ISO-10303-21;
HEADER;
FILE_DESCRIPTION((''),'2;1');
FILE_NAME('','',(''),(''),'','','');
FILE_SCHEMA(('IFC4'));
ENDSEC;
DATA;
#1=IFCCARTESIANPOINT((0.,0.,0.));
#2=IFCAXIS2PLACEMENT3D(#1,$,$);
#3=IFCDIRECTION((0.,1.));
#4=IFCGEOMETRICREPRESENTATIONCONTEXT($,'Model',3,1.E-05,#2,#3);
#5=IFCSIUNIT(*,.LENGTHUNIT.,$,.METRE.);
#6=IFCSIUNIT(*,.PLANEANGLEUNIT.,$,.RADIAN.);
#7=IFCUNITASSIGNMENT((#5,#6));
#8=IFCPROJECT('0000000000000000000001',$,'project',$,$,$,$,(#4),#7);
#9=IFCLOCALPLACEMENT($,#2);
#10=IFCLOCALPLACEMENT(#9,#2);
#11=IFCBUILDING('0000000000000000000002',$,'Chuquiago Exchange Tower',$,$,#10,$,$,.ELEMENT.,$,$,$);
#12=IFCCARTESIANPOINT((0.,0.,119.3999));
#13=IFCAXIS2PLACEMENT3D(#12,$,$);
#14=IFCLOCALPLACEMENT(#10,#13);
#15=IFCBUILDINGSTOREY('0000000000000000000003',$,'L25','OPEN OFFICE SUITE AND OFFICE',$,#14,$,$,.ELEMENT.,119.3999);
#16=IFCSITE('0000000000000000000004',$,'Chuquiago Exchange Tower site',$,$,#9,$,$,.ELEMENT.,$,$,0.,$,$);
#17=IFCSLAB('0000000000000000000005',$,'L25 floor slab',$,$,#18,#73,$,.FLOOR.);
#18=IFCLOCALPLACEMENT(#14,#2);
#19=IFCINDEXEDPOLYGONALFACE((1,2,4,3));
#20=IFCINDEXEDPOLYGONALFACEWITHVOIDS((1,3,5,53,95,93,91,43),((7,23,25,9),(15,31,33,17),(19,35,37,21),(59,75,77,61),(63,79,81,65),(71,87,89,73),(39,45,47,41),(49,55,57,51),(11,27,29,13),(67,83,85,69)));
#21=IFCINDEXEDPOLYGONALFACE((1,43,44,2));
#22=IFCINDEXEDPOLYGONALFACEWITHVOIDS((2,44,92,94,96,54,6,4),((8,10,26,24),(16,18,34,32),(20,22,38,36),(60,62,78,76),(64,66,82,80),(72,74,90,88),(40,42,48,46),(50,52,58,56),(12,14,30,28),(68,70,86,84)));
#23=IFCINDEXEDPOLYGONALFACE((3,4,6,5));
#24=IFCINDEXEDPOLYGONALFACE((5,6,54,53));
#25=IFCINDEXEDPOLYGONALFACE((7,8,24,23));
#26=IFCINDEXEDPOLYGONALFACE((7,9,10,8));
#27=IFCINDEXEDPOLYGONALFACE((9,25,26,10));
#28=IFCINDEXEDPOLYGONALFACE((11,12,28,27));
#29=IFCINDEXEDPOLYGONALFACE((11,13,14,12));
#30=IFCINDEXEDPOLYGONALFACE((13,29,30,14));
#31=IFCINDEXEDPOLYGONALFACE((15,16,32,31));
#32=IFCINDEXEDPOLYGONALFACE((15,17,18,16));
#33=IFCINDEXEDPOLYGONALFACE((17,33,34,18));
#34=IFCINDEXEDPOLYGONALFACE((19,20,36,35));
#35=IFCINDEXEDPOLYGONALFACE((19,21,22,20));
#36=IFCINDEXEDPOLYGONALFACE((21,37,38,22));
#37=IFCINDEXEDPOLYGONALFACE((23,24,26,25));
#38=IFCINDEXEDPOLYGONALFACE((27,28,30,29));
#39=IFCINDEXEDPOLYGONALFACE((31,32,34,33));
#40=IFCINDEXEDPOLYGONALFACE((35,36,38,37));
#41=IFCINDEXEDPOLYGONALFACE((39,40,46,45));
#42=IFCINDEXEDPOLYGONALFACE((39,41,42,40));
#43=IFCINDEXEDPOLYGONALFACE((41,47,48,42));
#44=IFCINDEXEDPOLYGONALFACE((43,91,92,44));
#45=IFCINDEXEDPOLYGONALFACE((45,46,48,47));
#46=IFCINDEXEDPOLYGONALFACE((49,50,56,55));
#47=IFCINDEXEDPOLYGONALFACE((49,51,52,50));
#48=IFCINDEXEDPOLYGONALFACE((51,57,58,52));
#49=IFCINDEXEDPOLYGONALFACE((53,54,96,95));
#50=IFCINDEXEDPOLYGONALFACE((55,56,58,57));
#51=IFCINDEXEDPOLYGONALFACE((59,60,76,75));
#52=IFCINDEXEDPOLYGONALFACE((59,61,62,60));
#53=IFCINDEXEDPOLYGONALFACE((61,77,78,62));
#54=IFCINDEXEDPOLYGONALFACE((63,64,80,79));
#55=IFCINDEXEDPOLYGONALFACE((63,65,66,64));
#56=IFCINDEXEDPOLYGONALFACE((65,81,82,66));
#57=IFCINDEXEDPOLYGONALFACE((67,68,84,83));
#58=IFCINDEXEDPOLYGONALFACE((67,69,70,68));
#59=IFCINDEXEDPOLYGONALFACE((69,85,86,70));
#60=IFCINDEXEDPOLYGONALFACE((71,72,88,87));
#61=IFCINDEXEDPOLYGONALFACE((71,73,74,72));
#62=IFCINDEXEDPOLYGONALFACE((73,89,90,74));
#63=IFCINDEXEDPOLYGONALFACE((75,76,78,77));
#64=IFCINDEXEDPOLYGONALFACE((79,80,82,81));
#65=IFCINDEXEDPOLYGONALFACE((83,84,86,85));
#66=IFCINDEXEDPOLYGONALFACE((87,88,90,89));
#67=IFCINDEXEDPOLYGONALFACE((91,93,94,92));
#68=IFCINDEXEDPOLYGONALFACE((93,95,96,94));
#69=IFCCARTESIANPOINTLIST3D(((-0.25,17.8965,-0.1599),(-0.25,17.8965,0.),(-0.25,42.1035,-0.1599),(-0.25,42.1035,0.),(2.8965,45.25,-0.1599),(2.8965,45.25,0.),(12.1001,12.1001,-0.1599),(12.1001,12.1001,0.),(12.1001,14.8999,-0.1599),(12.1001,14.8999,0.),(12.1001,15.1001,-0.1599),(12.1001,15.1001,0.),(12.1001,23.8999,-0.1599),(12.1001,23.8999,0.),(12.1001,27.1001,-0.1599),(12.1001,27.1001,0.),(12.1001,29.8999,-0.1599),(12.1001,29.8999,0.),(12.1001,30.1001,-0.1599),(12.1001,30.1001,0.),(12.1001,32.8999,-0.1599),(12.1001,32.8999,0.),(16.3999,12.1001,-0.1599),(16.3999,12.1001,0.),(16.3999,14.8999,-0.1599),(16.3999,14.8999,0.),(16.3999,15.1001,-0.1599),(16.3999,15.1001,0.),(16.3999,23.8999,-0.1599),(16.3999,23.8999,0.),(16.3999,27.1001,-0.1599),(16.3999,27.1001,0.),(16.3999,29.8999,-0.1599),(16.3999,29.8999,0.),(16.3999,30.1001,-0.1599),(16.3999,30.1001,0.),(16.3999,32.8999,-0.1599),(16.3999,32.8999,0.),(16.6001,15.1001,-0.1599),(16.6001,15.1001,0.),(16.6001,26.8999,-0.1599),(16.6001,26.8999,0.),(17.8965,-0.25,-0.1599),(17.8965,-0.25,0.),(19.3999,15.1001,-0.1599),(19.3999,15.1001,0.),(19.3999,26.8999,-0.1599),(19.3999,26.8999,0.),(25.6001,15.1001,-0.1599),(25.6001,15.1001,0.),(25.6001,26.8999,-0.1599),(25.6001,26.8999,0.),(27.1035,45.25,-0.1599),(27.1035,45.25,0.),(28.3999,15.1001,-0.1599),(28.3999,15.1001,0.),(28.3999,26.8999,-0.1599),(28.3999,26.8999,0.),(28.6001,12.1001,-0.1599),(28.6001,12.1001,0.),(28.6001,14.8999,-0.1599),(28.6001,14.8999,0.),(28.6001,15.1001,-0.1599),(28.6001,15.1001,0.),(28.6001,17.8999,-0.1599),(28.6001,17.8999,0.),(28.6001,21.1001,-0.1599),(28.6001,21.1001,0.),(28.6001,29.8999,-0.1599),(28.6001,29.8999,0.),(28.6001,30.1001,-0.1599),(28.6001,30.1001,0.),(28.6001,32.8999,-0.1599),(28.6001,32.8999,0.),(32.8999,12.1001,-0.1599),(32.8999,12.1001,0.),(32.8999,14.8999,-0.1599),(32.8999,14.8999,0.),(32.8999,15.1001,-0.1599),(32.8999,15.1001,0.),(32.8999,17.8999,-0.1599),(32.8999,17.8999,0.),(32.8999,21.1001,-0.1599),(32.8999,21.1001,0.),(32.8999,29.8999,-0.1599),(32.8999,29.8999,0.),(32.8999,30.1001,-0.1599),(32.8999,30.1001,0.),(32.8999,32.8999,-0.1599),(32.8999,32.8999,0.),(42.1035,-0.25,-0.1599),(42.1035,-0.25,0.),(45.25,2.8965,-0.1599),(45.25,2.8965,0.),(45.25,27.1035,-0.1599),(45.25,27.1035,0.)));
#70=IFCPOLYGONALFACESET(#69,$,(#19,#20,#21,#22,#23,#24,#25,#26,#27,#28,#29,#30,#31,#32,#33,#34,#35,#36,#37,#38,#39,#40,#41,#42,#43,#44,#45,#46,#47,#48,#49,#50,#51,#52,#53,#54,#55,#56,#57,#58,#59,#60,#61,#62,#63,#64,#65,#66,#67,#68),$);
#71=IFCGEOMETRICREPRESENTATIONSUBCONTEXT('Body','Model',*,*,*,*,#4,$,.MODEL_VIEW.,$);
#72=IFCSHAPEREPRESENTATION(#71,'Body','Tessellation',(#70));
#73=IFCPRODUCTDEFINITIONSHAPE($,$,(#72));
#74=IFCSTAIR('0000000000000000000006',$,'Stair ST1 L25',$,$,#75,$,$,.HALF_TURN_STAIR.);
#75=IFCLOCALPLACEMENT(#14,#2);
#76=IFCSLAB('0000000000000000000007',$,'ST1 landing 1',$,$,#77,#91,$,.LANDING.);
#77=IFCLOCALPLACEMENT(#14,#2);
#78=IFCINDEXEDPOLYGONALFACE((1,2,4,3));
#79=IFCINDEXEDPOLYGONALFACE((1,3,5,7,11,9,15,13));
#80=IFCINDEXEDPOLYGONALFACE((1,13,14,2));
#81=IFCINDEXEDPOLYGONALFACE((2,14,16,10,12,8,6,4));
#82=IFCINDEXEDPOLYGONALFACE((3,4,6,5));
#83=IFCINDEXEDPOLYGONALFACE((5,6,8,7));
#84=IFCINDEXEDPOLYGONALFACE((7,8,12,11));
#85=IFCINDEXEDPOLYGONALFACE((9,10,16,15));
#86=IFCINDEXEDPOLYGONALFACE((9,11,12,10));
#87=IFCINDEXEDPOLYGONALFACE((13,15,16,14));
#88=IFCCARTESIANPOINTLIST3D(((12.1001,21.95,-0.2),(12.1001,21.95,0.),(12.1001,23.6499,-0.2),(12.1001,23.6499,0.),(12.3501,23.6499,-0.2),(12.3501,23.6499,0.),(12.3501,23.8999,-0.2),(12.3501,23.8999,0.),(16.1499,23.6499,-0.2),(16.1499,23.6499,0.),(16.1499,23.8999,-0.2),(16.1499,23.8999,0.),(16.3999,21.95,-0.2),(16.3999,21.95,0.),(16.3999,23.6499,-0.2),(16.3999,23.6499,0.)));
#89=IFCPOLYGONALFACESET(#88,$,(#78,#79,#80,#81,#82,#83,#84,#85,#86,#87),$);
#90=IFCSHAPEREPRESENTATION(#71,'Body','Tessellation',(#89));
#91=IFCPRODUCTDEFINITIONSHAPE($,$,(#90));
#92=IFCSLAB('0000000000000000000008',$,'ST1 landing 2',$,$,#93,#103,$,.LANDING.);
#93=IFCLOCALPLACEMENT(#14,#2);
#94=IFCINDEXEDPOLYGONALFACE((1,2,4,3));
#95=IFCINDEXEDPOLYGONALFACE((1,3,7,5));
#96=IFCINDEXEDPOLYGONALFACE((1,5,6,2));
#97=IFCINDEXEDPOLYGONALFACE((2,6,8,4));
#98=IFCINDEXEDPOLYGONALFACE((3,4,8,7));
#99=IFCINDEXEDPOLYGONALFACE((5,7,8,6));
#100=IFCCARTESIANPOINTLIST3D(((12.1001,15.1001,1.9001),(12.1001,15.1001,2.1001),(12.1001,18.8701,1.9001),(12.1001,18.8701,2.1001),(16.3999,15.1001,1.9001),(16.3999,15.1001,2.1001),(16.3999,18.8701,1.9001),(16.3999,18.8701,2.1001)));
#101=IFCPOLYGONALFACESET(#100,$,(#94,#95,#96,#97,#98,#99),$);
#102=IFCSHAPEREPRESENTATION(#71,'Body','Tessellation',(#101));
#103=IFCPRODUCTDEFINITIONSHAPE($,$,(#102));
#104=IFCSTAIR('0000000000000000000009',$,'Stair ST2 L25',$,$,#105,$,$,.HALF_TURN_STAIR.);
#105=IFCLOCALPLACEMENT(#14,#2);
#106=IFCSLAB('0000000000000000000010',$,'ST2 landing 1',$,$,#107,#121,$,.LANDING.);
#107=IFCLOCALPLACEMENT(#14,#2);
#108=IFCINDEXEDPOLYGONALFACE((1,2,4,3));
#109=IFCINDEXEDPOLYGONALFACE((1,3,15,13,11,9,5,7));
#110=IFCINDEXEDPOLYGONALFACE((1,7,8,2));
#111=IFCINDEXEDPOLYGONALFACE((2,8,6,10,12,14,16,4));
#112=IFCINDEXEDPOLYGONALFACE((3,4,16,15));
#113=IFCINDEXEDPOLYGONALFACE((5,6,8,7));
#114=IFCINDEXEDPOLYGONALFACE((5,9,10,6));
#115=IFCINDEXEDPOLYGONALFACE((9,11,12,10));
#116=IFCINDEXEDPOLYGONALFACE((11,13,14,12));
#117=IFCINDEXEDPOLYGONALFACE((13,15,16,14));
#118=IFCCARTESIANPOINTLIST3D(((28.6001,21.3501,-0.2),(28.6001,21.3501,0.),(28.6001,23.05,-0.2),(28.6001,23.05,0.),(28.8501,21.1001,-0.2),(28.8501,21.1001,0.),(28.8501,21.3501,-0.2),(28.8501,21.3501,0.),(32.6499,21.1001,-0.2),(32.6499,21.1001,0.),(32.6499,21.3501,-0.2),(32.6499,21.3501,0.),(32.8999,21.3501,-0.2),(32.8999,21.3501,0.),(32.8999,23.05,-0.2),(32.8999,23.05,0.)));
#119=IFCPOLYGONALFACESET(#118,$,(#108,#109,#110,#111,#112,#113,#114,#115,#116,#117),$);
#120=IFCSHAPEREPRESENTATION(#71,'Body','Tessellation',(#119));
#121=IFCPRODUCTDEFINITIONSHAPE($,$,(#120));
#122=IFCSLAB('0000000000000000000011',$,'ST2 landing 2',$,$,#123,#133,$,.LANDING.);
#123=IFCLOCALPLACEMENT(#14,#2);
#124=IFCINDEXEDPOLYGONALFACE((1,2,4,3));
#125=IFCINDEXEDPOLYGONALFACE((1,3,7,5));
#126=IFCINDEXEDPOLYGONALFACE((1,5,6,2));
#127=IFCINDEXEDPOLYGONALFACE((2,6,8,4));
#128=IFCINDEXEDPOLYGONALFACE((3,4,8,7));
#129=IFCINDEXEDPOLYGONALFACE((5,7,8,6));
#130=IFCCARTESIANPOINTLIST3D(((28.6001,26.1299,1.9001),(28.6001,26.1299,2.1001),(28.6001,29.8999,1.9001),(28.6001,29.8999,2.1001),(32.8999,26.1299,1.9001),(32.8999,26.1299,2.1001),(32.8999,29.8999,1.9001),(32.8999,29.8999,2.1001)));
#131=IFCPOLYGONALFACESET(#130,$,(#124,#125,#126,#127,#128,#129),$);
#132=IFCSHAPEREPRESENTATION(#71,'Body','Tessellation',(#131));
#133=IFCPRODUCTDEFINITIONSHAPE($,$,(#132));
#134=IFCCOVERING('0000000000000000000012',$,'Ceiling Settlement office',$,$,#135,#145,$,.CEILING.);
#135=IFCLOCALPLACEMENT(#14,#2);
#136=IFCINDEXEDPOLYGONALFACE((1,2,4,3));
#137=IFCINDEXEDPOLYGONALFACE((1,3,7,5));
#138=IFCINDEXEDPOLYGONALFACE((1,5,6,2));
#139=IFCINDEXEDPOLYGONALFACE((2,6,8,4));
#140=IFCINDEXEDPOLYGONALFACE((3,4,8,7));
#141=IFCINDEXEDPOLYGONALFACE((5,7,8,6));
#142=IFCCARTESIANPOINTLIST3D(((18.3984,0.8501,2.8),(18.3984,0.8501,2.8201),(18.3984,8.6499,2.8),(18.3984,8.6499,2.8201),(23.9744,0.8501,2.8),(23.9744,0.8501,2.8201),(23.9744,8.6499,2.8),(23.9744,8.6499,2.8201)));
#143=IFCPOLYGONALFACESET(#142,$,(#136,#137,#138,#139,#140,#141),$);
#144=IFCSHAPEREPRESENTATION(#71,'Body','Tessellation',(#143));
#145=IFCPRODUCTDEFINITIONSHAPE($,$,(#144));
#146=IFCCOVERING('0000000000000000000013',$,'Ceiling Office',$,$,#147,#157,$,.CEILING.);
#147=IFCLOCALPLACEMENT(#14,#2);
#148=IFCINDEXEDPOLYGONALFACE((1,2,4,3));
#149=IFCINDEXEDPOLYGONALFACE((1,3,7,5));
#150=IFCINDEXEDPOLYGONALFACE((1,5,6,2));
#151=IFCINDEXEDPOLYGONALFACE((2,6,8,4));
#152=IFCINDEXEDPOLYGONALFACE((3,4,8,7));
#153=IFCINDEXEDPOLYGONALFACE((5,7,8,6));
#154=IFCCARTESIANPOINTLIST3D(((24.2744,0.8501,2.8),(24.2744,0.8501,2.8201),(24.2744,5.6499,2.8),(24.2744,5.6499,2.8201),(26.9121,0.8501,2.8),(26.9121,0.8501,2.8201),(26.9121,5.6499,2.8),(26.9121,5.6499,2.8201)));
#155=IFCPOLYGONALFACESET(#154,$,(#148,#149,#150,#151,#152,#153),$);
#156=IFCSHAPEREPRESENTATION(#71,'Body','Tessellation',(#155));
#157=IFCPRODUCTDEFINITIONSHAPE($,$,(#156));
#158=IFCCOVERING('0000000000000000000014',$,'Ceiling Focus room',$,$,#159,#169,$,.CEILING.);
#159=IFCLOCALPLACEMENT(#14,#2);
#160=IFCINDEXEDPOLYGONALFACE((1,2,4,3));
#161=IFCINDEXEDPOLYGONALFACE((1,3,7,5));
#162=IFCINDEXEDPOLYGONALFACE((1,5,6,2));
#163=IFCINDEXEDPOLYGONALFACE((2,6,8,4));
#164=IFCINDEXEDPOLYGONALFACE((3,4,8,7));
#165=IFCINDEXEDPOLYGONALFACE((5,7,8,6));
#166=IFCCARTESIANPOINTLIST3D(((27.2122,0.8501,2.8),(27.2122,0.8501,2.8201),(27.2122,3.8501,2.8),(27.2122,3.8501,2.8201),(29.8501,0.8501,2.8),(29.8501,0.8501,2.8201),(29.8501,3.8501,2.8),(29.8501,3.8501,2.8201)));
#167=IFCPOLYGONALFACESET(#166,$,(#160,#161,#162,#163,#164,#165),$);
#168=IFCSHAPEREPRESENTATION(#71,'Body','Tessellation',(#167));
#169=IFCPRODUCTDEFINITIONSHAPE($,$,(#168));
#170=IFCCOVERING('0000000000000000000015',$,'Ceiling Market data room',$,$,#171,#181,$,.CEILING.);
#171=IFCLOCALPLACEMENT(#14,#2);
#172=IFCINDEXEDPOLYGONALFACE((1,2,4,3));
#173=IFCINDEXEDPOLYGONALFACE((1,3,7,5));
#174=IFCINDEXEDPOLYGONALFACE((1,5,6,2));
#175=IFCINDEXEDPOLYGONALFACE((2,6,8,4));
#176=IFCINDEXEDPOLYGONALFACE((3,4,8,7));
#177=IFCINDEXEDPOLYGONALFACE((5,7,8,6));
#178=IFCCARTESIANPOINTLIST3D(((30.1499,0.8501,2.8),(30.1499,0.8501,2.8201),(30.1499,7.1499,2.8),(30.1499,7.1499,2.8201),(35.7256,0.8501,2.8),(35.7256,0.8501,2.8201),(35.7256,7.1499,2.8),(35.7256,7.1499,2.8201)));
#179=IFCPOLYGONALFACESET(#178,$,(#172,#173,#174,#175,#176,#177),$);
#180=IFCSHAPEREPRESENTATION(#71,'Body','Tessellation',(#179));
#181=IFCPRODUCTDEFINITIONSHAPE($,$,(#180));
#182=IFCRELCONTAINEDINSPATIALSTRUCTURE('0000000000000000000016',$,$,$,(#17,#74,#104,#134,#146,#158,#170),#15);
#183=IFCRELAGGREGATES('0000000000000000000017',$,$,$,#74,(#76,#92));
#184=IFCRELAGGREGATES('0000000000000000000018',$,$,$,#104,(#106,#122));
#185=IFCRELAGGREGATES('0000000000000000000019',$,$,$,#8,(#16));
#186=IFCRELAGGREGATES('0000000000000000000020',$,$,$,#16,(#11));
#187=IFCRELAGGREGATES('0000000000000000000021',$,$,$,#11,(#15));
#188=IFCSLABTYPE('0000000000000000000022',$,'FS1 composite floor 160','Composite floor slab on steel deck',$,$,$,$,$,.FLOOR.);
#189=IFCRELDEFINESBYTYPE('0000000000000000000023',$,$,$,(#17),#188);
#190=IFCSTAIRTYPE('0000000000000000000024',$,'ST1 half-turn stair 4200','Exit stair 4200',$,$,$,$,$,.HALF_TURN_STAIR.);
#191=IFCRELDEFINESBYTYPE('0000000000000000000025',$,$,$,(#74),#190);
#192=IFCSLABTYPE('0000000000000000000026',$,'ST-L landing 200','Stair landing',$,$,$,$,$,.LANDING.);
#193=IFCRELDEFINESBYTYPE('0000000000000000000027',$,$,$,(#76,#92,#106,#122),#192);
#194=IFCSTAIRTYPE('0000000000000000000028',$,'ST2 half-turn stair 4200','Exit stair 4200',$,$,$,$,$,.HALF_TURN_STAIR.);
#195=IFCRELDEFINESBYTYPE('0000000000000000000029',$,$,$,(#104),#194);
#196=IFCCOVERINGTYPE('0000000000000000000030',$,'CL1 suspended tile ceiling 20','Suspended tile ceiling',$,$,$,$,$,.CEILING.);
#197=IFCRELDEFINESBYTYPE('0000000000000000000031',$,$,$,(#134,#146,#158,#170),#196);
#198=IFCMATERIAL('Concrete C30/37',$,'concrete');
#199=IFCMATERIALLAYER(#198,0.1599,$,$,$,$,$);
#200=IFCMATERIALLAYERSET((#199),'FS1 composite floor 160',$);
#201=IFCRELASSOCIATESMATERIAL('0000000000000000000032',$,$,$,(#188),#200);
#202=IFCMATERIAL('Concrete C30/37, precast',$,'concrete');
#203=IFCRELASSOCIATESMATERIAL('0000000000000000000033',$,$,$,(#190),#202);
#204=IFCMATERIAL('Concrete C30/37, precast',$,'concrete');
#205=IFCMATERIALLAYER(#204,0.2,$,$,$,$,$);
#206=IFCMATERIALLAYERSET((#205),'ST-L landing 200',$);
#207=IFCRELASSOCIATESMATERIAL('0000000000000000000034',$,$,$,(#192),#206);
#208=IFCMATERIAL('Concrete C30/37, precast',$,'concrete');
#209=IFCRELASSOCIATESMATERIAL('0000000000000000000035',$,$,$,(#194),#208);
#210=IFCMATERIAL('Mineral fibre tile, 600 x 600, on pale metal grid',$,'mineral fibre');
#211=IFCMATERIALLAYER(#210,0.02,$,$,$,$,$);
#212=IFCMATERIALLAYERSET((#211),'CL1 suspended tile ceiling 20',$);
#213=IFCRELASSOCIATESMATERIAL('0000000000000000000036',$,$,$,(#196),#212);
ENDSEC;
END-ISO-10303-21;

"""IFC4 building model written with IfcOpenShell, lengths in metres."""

from ifc_helpers import new_model, si_unit, direction, frame, origin, place, context, subcontext, project, spatial, polyline, outline, extrude, material, layer, layer_set, type_object, element, aggregate, save


model = new_model("IFC4")

# Units and contexts
model_context = context("Model", 3, precision=1e-05, world=origin(), true_north=direction((0.0, 1.0)))
body_context = subcontext(model_context, "Body", "Model", "MODEL_VIEW")
ifc_project = project(units=[si_unit("LENGTHUNIT", "METRE"), si_unit("PLANEANGLEUNIT", "RADIAN")], contexts=[model_context])

# Site, building, storey
site_placement = place(None, origin())
site = spatial("IfcSite", under=ifc_project, at=site_placement, Name="Chuquiago Exchange Tower site", CompositionType="ELEMENT", RefElevation=0.0)
building_placement = place(site_placement, origin())
building = spatial("IfcBuilding", under=site, at=building_placement, Name="Chuquiago Exchange Tower", CompositionType="ELEMENT")
storey_placement = place(building_placement, frame((0.0, 0.0, 119.3999)))
storey = spatial("IfcBuildingStorey", under=building, at=storey_placement, Name="L25", Description="OPEN OFFICE SUITE AND OFFICE", CompositionType="ELEMENT", Elevation=119.3999)

# Slab
ifc_material_1 = material(Name="Concrete C30/37", Category="concrete")
ifc_layer_1 = layer(ifc_material_1, 0.1599)
ifc_layer_set_1 = layer_set([ifc_layer_1], Name="FS1 composite floor 160")
slab_type_1 = type_object("IfcSlabType", Name="FS1 composite floor 160", Description="Composite floor slab on steel deck", PredefinedType="FLOOR", material=ifc_layer_set_1)
slab_1_placement = place(storey_placement, frame((0.0, 0.0, -0.1599)))
element("IfcSlab", 1, at=slab_1_placement, inside=storey, type_object=slab_type_1, Name="L25 floor slab", PredefinedType="FLOOR", context=body_context, shape_type="SweptSolid", body=[
    extrude(outline(polyline([(17.8965, -0.25), (-0.25, 17.8965), (-0.25, 42.1035), (2.8965, 45.25), (27.1035, 45.25), (45.25, 27.1035), (45.25, 2.8965), (42.1035, -0.25), (17.8965, -0.25)]), holes=[polyline([(16.3999, 15.1001), (12.1001, 15.1001), (12.1001, 23.8999), (16.3999, 23.8999), (16.3999, 15.1001)]), polyline([(32.8999, 21.1001), (28.6001, 21.1001), (28.6001, 29.8999), (32.8999, 29.8999), (32.8999, 21.1001)]), polyline([(16.3999, 12.1001), (12.1001, 12.1001), (12.1001, 14.8999), (16.3999, 14.8999), (16.3999, 12.1001)]), polyline([(16.3999, 30.1001), (12.1001, 30.1001), (12.1001, 32.8999), (16.3999, 32.8999), (16.3999, 30.1001)]), polyline([(32.8999, 12.1001), (28.6001, 12.1001), (28.6001, 14.8999), (32.8999, 14.8999), (32.8999, 12.1001)]), polyline([(32.8999, 30.1001), (28.6001, 30.1001), (28.6001, 32.8999), (32.8999, 32.8999), (32.8999, 30.1001)]), polyline([(16.3999, 27.1001), (12.1001, 27.1001), (12.1001, 29.8999), (16.3999, 29.8999), (16.3999, 27.1001)]), polyline([(32.8999, 15.1001), (28.6001, 15.1001), (28.6001, 17.8999), (32.8999, 17.8999), (32.8999, 15.1001)]), polyline([(19.3999, 15.1001), (16.6001, 15.1001), (16.6001, 26.8999), (19.3999, 26.8999), (19.3999, 15.1001)]), polyline([(28.3999, 15.1001), (25.6001, 15.1001), (25.6001, 26.8999), (28.3999, 26.8999), (28.3999, 15.1001)])]), origin(), (0.0, 0.0, 1.0), 0.1599),
])

# Stairs, slabs
ifc_material_2 = material(Name="Concrete C30/37, precast", Category="concrete")
stair_type_1 = type_object("IfcStairType", Name="ST1 half-turn stair 4200", Description="Exit stair 4200", PredefinedType="HALF_TURN_STAIR", material=ifc_material_2)
stair_1_placement = place(storey_placement, origin())
stair_1 = element("IfcStair", 2, at=stair_1_placement, inside=storey, type_object=stair_type_1, Name="Stair ST1 L25", PredefinedType="HALF_TURN_STAIR")
ifc_material_3 = material(Name="Concrete C30/37, precast", Category="concrete")
ifc_layer_2 = layer(ifc_material_3, 0.2)
ifc_layer_set_2 = layer_set([ifc_layer_2], Name="ST-L landing 200")
slab_type_2 = type_object("IfcSlabType", Name="ST-L landing 200", Description="Stair landing", PredefinedType="LANDING", material=ifc_layer_set_2)
slab_2_placement = place(storey_placement, frame((0.0, 0.0, -0.2)))
slab_2 = element("IfcSlab", 3, at=slab_2_placement, type_object=slab_type_2, Name="ST1 landing 1", PredefinedType="LANDING", context=body_context, shape_type="SweptSolid", body=[
    extrude(outline(polyline([(12.3501, 23.8999), (16.1499, 23.8999), (16.1499, 23.6499), (16.3999, 23.6499), (16.3999, 21.95), (12.1001, 21.95), (12.1001, 23.6499), (12.3501, 23.6499), (12.3501, 23.8999)])), origin(), (0.0, 0.0, 1.0), 0.2),
])
slab_3_placement = place(storey_placement, frame((0.0, 0.0, 1.9001)))
slab_3 = element("IfcSlab", 4, at=slab_3_placement, type_object=slab_type_2, Name="ST1 landing 2", PredefinedType="LANDING", context=body_context, shape_type="SweptSolid", body=[
    extrude(outline(polyline([(12.1001, 18.8701), (16.3999, 18.8701), (16.3999, 15.1001), (12.1001, 15.1001), (12.1001, 18.8701)])), origin(), (0.0, 0.0, 1.0), 0.2),
])
aggregate(stair_1, [slab_2, slab_3])
ifc_material_4 = material(Name="Concrete C30/37, precast", Category="concrete")
stair_type_2 = type_object("IfcStairType", Name="ST2 half-turn stair 4200", Description="Exit stair 4200", PredefinedType="HALF_TURN_STAIR", material=ifc_material_4)
stair_2_placement = place(storey_placement, origin())
stair_2 = element("IfcStair", 5, at=stair_2_placement, inside=storey, type_object=stair_type_2, Name="Stair ST2 L25", PredefinedType="HALF_TURN_STAIR")
slab_4_placement = place(storey_placement, frame((0.0, 0.0, -0.2)))
slab_4 = element("IfcSlab", 6, at=slab_4_placement, type_object=slab_type_2, Name="ST2 landing 1", PredefinedType="LANDING", context=body_context, shape_type="SweptSolid", body=[
    extrude(outline(polyline([(32.6499, 21.3501), (32.6499, 21.1001), (28.8501, 21.1001), (28.8501, 21.3501), (28.6001, 21.3501), (28.6001, 23.05), (32.8999, 23.05), (32.8999, 21.3501), (32.6499, 21.3501)])), origin(), (0.0, 0.0, 1.0), 0.2),
])
slab_5_placement = place(storey_placement, frame((0.0, 0.0, 1.9001)))
slab_5 = element("IfcSlab", 7, at=slab_5_placement, type_object=slab_type_2, Name="ST2 landing 2", PredefinedType="LANDING", context=body_context, shape_type="SweptSolid", body=[
    extrude(outline(polyline([(28.6001, 29.8999), (32.8999, 29.8999), (32.8999, 26.1299), (28.6001, 26.1299), (28.6001, 29.8999)])), origin(), (0.0, 0.0, 1.0), 0.2),
])
aggregate(stair_2, [slab_4, slab_5])

# Coverings
ifc_material_5 = material(Name="Mineral fibre tile, 600 x 600, on pale metal grid", Category="mineral fibre")
ifc_layer_3 = layer(ifc_material_5, 0.02)
ifc_layer_set_3 = layer_set([ifc_layer_3], Name="CL1 suspended tile ceiling 20")
covering_type_1 = type_object("IfcCoveringType", Name="CL1 suspended tile ceiling 20", Description="Suspended tile ceiling", PredefinedType="CEILING", material=ifc_layer_set_3)
covering_1_placement = place(storey_placement, frame((0.0, 0.0, 2.8)))
element("IfcCovering", 8, at=covering_1_placement, inside=storey, type_object=covering_type_1, Name="Ceiling Settlement office", PredefinedType="CEILING", context=body_context, shape_type="SweptSolid", body=[
    extrude(outline(polyline([(18.3984, 8.6499), (23.9744, 8.6499), (23.9744, 0.8501), (18.3984, 0.8501), (18.3984, 8.6499)])), origin(), (0.0, 0.0, 1.0), 0.02),
])
covering_2_placement = place(storey_placement, frame((0.0, 0.0, 2.8)))
element("IfcCovering", 9, at=covering_2_placement, inside=storey, type_object=covering_type_1, Name="Ceiling Office", PredefinedType="CEILING", context=body_context, shape_type="SweptSolid", body=[
    extrude(outline(polyline([(24.2744, 5.6499), (26.9121, 5.6499), (26.9121, 0.8501), (24.2744, 0.8501), (24.2744, 5.6499)])), origin(), (0.0, 0.0, 1.0), 0.02),
])
covering_3_placement = place(storey_placement, frame((0.0, 0.0, 2.8)))
element("IfcCovering", 10, at=covering_3_placement, inside=storey, type_object=covering_type_1, Name="Ceiling Focus room", PredefinedType="CEILING", context=body_context, shape_type="SweptSolid", body=[
    extrude(outline(polyline([(27.2122, 3.8501), (29.8501, 3.8501), (29.8501, 0.8501), (27.2122, 0.8501), (27.2122, 3.8501)])), origin(), (0.0, 0.0, 1.0), 0.02),
])
covering_4_placement = place(storey_placement, frame((0.0, 0.0, 2.8)))
element("IfcCovering", 11, at=covering_4_placement, inside=storey, type_object=covering_type_1, Name="Ceiling Market data room", PredefinedType="CEILING", context=body_context, shape_type="SweptSolid", body=[
    extrude(outline(polyline([(30.1499, 7.1499), (35.7256, 7.1499), (35.7256, 0.8501), (30.1499, 0.8501), (30.1499, 7.1499)])), origin(), (0.0, 0.0, 1.0), 0.02),
])

save(model, "model.ifc")
